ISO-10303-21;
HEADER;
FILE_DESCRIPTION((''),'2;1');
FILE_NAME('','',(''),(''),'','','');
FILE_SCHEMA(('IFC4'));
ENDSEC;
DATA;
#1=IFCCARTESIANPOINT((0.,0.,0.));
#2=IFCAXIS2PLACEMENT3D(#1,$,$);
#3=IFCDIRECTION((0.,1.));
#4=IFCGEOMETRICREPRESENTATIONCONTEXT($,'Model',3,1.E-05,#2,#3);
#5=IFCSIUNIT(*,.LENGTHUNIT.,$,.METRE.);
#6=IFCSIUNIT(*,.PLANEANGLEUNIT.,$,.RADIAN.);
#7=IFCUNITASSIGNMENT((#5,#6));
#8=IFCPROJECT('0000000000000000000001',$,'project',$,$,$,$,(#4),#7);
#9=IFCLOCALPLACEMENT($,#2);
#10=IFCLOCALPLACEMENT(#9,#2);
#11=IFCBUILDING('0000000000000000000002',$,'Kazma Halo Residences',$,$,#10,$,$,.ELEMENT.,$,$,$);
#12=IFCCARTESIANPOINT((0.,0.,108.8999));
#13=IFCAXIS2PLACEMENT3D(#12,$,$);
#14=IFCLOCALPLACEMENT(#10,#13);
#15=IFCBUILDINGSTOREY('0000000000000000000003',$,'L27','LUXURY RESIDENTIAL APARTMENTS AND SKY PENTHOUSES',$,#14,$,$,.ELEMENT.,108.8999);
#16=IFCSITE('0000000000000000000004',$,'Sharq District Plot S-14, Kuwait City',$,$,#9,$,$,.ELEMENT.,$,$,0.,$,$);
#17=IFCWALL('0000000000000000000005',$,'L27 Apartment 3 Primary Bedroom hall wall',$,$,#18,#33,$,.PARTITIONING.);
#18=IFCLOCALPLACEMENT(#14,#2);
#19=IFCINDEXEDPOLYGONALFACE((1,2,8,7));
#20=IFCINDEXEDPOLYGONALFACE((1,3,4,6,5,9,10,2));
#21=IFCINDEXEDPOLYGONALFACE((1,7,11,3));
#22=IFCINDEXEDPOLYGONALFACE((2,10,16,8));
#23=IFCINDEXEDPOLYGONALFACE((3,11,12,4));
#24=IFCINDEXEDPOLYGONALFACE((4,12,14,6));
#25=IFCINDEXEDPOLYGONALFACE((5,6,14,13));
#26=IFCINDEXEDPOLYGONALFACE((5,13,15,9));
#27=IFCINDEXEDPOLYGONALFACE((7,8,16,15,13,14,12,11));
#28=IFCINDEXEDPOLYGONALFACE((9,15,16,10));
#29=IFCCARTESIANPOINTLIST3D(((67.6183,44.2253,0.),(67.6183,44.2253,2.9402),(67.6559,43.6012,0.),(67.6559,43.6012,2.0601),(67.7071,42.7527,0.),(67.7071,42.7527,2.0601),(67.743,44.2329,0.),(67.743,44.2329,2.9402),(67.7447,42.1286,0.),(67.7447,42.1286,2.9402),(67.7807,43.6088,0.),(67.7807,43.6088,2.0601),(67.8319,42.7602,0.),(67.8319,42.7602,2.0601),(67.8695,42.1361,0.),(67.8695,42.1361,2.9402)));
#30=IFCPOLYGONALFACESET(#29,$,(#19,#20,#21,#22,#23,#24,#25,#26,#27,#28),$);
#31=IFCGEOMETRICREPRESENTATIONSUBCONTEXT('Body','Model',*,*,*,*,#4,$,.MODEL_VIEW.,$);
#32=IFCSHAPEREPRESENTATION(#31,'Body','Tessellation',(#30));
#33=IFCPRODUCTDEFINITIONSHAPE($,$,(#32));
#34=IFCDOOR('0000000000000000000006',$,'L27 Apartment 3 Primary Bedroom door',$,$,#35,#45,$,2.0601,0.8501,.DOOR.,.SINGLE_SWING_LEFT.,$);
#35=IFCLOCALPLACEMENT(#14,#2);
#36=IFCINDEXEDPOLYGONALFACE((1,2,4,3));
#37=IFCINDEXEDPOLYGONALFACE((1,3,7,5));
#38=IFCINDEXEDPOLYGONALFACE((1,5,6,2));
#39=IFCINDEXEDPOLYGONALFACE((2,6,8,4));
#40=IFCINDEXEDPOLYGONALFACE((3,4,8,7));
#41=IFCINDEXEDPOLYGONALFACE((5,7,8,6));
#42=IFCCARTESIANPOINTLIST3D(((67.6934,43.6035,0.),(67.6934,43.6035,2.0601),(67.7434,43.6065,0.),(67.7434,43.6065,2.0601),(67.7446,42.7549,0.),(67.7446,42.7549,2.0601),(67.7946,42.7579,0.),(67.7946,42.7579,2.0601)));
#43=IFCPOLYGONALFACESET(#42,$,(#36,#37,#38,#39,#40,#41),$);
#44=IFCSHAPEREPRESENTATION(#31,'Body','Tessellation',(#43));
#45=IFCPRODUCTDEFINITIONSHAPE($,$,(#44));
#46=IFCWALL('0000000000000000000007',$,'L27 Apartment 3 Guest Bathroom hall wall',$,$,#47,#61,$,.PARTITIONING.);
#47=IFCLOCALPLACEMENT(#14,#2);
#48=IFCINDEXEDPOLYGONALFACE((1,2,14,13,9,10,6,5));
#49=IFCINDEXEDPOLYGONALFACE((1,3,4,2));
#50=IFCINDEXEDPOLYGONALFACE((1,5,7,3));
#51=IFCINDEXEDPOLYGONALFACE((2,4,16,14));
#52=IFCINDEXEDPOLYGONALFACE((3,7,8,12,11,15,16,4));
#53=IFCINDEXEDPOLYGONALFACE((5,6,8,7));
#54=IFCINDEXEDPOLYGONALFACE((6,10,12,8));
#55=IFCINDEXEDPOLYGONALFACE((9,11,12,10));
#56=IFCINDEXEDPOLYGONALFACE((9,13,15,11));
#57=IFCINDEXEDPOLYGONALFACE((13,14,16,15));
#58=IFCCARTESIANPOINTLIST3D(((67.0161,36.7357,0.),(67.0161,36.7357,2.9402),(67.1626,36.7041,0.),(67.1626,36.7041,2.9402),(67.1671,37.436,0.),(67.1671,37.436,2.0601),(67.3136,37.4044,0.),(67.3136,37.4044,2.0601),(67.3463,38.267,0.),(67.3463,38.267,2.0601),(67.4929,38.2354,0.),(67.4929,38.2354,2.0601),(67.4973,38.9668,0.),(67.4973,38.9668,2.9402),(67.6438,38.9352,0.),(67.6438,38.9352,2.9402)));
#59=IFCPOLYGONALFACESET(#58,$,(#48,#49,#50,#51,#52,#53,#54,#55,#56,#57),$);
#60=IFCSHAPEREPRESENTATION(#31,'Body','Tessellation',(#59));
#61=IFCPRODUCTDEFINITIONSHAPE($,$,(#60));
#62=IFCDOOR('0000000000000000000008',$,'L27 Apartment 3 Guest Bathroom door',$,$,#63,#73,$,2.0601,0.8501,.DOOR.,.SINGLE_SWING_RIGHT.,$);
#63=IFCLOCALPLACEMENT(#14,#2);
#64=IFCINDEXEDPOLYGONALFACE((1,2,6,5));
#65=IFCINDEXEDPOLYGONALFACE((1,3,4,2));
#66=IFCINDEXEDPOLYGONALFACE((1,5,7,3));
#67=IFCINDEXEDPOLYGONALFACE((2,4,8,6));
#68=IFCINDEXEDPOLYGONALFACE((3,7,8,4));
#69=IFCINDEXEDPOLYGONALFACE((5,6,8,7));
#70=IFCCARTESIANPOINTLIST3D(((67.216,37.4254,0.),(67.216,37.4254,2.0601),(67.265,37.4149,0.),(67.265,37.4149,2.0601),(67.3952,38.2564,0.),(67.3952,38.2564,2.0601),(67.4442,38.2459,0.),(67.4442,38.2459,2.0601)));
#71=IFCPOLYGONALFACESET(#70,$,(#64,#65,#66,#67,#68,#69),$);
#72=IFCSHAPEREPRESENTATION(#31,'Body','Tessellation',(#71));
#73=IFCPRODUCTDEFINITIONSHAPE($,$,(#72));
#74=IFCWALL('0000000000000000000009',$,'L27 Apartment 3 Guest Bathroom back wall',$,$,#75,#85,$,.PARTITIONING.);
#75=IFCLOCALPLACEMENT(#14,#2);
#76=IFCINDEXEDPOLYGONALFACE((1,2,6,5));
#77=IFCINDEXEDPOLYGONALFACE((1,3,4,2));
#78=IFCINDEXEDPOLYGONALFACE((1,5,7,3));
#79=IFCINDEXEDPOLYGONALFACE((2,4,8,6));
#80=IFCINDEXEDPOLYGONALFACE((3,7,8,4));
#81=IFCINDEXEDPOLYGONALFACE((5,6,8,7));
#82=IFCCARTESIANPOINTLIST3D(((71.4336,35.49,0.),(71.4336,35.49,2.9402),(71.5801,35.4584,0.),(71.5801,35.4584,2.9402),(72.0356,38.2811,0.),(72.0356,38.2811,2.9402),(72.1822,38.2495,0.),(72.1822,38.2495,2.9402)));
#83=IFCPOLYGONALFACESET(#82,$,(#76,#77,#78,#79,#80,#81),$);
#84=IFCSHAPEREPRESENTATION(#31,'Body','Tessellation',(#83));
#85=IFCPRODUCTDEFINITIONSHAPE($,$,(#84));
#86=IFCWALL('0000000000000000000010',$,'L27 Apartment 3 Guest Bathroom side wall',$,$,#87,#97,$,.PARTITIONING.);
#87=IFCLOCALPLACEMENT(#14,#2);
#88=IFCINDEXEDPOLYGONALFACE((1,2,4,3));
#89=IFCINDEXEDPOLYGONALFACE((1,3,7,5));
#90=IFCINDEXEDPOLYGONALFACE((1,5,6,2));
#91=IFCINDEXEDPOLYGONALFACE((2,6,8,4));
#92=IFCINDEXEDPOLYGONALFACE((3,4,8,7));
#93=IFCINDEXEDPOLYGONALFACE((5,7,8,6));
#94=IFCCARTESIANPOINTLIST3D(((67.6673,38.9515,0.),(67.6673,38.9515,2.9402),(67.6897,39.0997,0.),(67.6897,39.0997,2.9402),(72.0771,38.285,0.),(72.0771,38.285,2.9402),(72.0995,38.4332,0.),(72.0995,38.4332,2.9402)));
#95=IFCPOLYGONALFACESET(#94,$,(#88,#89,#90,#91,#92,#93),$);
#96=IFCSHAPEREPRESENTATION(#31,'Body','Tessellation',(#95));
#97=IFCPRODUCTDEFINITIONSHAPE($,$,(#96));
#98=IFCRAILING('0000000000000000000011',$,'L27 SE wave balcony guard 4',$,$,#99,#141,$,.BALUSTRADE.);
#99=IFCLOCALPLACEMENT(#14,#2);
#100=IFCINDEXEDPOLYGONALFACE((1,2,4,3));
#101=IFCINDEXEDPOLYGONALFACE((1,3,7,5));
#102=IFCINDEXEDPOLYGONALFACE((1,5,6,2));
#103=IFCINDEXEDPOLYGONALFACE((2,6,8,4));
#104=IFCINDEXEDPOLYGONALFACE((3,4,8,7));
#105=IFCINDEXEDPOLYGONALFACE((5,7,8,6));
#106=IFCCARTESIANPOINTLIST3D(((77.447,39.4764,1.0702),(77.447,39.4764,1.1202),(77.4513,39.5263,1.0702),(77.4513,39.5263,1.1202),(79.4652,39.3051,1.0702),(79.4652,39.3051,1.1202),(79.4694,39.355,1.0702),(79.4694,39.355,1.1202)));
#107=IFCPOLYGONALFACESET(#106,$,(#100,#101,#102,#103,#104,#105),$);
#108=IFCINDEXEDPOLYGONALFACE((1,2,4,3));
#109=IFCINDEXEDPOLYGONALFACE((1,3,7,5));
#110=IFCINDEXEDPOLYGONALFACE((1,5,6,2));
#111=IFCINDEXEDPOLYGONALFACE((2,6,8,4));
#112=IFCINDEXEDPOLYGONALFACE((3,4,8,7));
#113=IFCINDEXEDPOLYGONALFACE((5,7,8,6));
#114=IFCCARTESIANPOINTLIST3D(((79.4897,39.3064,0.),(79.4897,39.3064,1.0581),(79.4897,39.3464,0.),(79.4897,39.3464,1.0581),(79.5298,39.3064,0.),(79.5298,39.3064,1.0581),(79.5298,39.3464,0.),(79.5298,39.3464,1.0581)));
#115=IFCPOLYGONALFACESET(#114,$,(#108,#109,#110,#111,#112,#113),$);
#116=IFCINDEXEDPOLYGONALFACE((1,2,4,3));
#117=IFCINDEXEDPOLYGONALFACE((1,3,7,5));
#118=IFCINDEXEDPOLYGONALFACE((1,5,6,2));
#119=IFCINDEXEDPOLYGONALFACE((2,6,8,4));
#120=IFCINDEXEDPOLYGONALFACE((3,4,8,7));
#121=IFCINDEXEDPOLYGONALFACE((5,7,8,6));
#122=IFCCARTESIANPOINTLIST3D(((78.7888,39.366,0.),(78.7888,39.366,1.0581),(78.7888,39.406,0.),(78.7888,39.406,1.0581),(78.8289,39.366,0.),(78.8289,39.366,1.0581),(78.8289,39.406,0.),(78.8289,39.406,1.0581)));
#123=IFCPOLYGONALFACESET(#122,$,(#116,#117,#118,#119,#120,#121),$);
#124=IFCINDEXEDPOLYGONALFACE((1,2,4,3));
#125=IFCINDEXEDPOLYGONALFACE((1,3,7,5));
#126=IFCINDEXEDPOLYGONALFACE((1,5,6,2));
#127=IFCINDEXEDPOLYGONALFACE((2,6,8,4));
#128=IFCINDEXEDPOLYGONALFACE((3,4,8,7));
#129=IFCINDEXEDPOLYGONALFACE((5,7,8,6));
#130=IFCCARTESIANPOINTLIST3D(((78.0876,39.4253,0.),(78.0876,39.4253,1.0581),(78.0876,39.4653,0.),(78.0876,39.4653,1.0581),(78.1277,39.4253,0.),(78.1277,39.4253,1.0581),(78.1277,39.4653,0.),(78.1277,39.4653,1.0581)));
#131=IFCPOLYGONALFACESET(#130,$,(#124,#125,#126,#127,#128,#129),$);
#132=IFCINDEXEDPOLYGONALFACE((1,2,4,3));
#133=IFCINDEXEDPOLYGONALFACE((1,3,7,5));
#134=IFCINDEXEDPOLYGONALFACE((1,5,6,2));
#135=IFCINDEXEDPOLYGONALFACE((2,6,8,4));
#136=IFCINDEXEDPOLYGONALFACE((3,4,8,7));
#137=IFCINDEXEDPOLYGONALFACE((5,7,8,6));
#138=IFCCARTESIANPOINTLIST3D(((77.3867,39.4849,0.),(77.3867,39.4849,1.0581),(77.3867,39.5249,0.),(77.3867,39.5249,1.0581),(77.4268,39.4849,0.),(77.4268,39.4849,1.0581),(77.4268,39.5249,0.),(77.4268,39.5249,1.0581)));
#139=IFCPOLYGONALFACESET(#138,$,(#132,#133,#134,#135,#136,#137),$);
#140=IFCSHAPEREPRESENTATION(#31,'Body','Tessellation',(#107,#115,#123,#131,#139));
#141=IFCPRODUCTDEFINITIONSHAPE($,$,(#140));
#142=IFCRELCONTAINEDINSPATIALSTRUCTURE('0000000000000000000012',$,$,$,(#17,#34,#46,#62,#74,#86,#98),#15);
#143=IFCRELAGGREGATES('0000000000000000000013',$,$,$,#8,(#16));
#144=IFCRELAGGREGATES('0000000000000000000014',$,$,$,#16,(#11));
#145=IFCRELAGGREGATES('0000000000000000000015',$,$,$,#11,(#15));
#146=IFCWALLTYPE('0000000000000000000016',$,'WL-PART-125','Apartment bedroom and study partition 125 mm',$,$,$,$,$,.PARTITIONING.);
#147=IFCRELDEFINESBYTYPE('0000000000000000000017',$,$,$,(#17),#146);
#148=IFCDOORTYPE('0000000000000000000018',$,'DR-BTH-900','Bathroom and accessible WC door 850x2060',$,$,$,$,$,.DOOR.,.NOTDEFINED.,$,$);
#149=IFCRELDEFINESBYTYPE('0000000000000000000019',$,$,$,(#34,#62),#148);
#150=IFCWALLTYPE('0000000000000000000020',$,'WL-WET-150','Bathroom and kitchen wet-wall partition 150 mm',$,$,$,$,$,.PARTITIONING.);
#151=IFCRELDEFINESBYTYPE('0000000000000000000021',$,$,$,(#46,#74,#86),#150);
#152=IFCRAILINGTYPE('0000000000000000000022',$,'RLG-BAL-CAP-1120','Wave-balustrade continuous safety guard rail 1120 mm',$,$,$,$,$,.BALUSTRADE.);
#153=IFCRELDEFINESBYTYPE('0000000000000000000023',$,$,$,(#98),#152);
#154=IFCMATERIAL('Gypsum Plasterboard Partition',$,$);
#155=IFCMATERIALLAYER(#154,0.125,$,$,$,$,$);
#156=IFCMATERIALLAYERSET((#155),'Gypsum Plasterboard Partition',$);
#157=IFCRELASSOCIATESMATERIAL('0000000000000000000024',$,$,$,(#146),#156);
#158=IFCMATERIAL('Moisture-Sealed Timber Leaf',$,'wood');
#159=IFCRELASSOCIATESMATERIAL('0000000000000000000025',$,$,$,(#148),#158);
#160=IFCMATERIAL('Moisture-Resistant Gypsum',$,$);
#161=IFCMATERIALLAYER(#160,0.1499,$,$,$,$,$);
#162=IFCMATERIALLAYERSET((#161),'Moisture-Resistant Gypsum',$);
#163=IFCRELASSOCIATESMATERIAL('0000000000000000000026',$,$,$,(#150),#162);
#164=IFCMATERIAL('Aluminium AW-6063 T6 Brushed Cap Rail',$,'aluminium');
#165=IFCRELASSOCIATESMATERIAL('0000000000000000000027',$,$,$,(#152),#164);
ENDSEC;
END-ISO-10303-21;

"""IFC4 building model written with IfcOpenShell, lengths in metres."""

from ifc_helpers import new_model, si_unit, direction, frame, frame_2d, origin, origin_2d, place, context, subcontext, project, spatial, rectangle, extrude, material, layer, layer_set, type_object, element, fill, save


model = new_model("IFC4")

# Units and contexts
model_context = context("Model", 3, precision=1e-05, world=origin(), true_north=direction((0.0, 1.0)))
body_context = subcontext(model_context, "Body", "Model", "MODEL_VIEW")
ifc_project = project(units=[si_unit("LENGTHUNIT", "METRE"), si_unit("PLANEANGLEUNIT", "RADIAN")], contexts=[model_context])

# Site, building, storey
site_placement = place(None, origin())
site = spatial("IfcSite", under=ifc_project, at=site_placement, Name="Sharq District Plot S-14, Kuwait City", CompositionType="ELEMENT", RefElevation=0.0)
building_placement = place(site_placement, origin())
building = spatial("IfcBuilding", under=site, at=building_placement, Name="Kazma Halo Residences", CompositionType="ELEMENT")
storey_placement = place(building_placement, frame((0.0, 0.0, 108.8999)))
storey = spatial("IfcBuildingStorey", under=building, at=storey_placement, Name="L27", Description="LUXURY RESIDENTIAL APARTMENTS AND SKY PENTHOUSES", CompositionType="ELEMENT", Elevation=108.8999)

# Shared definitions
ifc_material_1 = material(Name="Gypsum Plasterboard Partition")
ifc_layer_1 = layer(ifc_material_1, 0.125)
ifc_layer_set_1 = layer_set([ifc_layer_1], Name="Gypsum Plasterboard Partition")
wall_type_1 = type_object("IfcWallType", Name="WL-PART-125", Description="Apartment bedroom and study partition 125 mm", PredefinedType="PARTITIONING", material=ifc_layer_set_1)

# Shared definitions
ifc_material_2 = material(Name="Moisture-Sealed Timber Leaf", Category="wood")
door_type = type_object("IfcDoorType", Name="DR-BTH-900", Description="Bathroom and accessible WC door 850x2060", OperationType="NOTDEFINED", PredefinedType="DOOR", material=ifc_material_2)

# Walls, openings, doors
wall_1_placement = place(storey_placement, frame((67.8071, 42.1323, 0.0), z_axis=(0.0, 0.0, 1.0), x_axis=(-0.060207, 0.998186, 0.0)))
wall_1 = element("IfcWall", 1, at=wall_1_placement, inside=storey, type_object=wall_type_1, Name="L27 Apartment 3 Primary Bedroom hall wall", PredefinedType="PARTITIONING", context=body_context, shape_type="SweptSolid", body=[
    extrude(rectangle(XDim=2.1006, YDim=0.125, at=frame_2d((1.0503, 0.0))), origin(), (0.0, 0.0, 1.0), 2.9402),
])
opening_1_placement = place(wall_1_placement, frame((0.6252, 0.0, 0.0)))
opening_1 = element("IfcOpeningElement", 2, at=opening_1_placement, cuts=wall_1, PredefinedType="OPENING", context=body_context, shape_type="SweptSolid", body=[
    extrude(rectangle(XDim=0.8501, YDim=2.0601, at=frame_2d((0.425, 1.03))), frame((0.0, 0.0725, 0.0), z_axis=(0.0, -1.0, 0.0), x_axis=(1.0, 0.0, 0.0)), (0.0, 0.0, 1.0), 0.145),
])
door_1_placement = place(opening_1_placement, origin())
door_1 = element("IfcDoor", 3, at=door_1_placement, inside=storey, type_object=door_type, Name="L27 Apartment 3 Primary Bedroom door", OperationType="SINGLE_SWING_LEFT", OverallHeight=2.0601, OverallWidth=0.8501, PredefinedType="DOOR", context=body_context, shape_type="SweptSolid", body=[
    extrude(rectangle(XDim=0.8501, YDim=2.0601, at=frame_2d((0.425, 1.03))), frame((0.0, 0.0249, 0.0), z_axis=(0.0, -1.0, 0.0), x_axis=(1.0, 0.0, 0.0)), (0.0, 0.0, 1.0), 0.05),
])
fill(opening_1, door_1)
ifc_material_3 = material(Name="Moisture-Resistant Gypsum")
ifc_layer_2 = layer(ifc_material_3, 0.1499)
ifc_layer_set_2 = layer_set([ifc_layer_2], Name="Moisture-Resistant Gypsum")
wall_type_2 = type_object("IfcWallType", Name="WL-WET-150", Description="Bathroom and kitchen wet-wall partition 150 mm", PredefinedType="PARTITIONING", material=ifc_layer_set_2)
wall_2_placement = place(storey_placement, frame((67.0894, 36.72, 0.0), z_axis=(0.0, 0.0, 1.0), x_axis=(0.210822, 0.977525, 0.0)))
wall_2 = element("IfcWall", 4, at=wall_2_placement, inside=storey, type_object=wall_type_2, Name="L27 Apartment 3 Guest Bathroom hall wall", PredefinedType="PARTITIONING", context=body_context, shape_type="SweptSolid", body=[
    extrude(rectangle(XDim=2.2825, YDim=0.1499, at=frame_2d((1.1411, 0.0))), origin(), (0.0, 0.0, 1.0), 2.9402),
])
opening_2_placement = place(wall_2_placement, frame((0.7163, 0.0, 0.0)))
opening_2 = element("IfcOpeningElement", 5, at=opening_2_placement, cuts=wall_2, PredefinedType="OPENING", context=body_context, shape_type="SweptSolid", body=[
    extrude(rectangle(XDim=0.8501, YDim=2.0601, at=frame_2d((0.425, 1.03))), frame((0.0, 0.085, 0.0), z_axis=(0.0, -1.0, 0.0), x_axis=(1.0, 0.0, 0.0)), (0.0, 0.0, 1.0), 0.1699),
])
door_2_placement = place(opening_2_placement, origin())
door_2 = element("IfcDoor", 6, at=door_2_placement, inside=storey, type_object=door_type, Name="L27 Apartment 3 Guest Bathroom door", OperationType="SINGLE_SWING_RIGHT", OverallHeight=2.0601, OverallWidth=0.8501, PredefinedType="DOOR", context=body_context, shape_type="SweptSolid", body=[
    extrude(rectangle(XDim=0.8501, YDim=2.0601, at=frame_2d((0.425, 1.03))), frame((0.0, 0.0249, 0.0), z_axis=(0.0, -1.0, 0.0), x_axis=(1.0, 0.0, 0.0)), (0.0, 0.0, 1.0), 0.05),
])
fill(opening_2, door_2)

# Walls
wall_3_placement = place(storey_placement, frame((71.5068, 35.4741, 0.0), z_axis=(0.0, 0.0, 1.0), x_axis=(0.21086, 0.977516, 0.0)))
element("IfcWall", 7, at=wall_3_placement, inside=storey, type_object=wall_type_2, Name="L27 Apartment 3 Guest Bathroom back wall", PredefinedType="PARTITIONING", context=body_context, shape_type="SweptSolid", body=[
    extrude(rectangle(XDim=2.8552, YDim=0.1499, at=frame_2d((1.4277, 0.0))), origin(), (0.0, 0.0, 1.0), 2.9402),
])
wall_4_placement = place(storey_placement, frame((67.6785, 39.0256, 0.0), z_axis=(0.0, 0.0, 1.0), x_axis=(0.988771, -0.149441, 0.0)))
element("IfcWall", 8, at=wall_4_placement, inside=storey, type_object=wall_type_2, Name="L27 Apartment 3 Guest Bathroom side wall", PredefinedType="PARTITIONING", context=body_context, shape_type="SweptSolid", body=[
    extrude(rectangle(XDim=4.46, YDim=0.1499, at=frame_2d((2.23, 0.0))), origin(), (0.0, 0.0, 1.0), 2.9402),
])

# Railing
ifc_material_4 = material(Name="Aluminium AW-6063 T6 Brushed Cap Rail", Category="aluminium")
railing_type = type_object("IfcRailingType", Name="RLG-BAL-CAP-1120", Description="Wave-balustrade continuous safety guard rail 1120 mm", PredefinedType="BALUSTRADE", material=ifc_material_4)
railing_placement = place(storey_placement, frame((79.5098, 39.3264, 0.0)))
element("IfcRailing", 9, at=railing_placement, inside=storey, type_object=railing_type, Name="L27 SE wave balcony guard 4", PredefinedType="BALUSTRADE", context=body_context, shape_type="SweptSolid", body=[
    extrude(rectangle(XDim=0.05, YDim=0.05, at=origin_2d()), frame((-0.0425, 0.0037, 1.0952), z_axis=(-0.996419, 0.084558, 0.0), x_axis=(-0.084558, -0.996419, 0.0)), (0.0, 0.0, 1.0), 2.0254),
    extrude(rectangle(XDim=0.04, YDim=0.04, at=origin_2d()), origin(), (0.0, 0.0, 1.0), 1.0581),
    extrude(rectangle(XDim=0.04, YDim=0.04, at=origin_2d()), frame((-0.7009, 0.0596, 0.0)), (0.0, 0.0, 1.0), 1.0581),
    extrude(rectangle(XDim=0.04, YDim=0.04, at=origin_2d()), frame((-1.4021, 0.1189, 0.0)), (0.0, 0.0, 1.0), 1.0581),
    extrude(rectangle(XDim=0.04, YDim=0.04, at=origin_2d()), frame((-2.103, 0.1785, 0.0)), (0.0, 0.0, 1.0), 1.0581),
])

save(model, "model.ifc")
